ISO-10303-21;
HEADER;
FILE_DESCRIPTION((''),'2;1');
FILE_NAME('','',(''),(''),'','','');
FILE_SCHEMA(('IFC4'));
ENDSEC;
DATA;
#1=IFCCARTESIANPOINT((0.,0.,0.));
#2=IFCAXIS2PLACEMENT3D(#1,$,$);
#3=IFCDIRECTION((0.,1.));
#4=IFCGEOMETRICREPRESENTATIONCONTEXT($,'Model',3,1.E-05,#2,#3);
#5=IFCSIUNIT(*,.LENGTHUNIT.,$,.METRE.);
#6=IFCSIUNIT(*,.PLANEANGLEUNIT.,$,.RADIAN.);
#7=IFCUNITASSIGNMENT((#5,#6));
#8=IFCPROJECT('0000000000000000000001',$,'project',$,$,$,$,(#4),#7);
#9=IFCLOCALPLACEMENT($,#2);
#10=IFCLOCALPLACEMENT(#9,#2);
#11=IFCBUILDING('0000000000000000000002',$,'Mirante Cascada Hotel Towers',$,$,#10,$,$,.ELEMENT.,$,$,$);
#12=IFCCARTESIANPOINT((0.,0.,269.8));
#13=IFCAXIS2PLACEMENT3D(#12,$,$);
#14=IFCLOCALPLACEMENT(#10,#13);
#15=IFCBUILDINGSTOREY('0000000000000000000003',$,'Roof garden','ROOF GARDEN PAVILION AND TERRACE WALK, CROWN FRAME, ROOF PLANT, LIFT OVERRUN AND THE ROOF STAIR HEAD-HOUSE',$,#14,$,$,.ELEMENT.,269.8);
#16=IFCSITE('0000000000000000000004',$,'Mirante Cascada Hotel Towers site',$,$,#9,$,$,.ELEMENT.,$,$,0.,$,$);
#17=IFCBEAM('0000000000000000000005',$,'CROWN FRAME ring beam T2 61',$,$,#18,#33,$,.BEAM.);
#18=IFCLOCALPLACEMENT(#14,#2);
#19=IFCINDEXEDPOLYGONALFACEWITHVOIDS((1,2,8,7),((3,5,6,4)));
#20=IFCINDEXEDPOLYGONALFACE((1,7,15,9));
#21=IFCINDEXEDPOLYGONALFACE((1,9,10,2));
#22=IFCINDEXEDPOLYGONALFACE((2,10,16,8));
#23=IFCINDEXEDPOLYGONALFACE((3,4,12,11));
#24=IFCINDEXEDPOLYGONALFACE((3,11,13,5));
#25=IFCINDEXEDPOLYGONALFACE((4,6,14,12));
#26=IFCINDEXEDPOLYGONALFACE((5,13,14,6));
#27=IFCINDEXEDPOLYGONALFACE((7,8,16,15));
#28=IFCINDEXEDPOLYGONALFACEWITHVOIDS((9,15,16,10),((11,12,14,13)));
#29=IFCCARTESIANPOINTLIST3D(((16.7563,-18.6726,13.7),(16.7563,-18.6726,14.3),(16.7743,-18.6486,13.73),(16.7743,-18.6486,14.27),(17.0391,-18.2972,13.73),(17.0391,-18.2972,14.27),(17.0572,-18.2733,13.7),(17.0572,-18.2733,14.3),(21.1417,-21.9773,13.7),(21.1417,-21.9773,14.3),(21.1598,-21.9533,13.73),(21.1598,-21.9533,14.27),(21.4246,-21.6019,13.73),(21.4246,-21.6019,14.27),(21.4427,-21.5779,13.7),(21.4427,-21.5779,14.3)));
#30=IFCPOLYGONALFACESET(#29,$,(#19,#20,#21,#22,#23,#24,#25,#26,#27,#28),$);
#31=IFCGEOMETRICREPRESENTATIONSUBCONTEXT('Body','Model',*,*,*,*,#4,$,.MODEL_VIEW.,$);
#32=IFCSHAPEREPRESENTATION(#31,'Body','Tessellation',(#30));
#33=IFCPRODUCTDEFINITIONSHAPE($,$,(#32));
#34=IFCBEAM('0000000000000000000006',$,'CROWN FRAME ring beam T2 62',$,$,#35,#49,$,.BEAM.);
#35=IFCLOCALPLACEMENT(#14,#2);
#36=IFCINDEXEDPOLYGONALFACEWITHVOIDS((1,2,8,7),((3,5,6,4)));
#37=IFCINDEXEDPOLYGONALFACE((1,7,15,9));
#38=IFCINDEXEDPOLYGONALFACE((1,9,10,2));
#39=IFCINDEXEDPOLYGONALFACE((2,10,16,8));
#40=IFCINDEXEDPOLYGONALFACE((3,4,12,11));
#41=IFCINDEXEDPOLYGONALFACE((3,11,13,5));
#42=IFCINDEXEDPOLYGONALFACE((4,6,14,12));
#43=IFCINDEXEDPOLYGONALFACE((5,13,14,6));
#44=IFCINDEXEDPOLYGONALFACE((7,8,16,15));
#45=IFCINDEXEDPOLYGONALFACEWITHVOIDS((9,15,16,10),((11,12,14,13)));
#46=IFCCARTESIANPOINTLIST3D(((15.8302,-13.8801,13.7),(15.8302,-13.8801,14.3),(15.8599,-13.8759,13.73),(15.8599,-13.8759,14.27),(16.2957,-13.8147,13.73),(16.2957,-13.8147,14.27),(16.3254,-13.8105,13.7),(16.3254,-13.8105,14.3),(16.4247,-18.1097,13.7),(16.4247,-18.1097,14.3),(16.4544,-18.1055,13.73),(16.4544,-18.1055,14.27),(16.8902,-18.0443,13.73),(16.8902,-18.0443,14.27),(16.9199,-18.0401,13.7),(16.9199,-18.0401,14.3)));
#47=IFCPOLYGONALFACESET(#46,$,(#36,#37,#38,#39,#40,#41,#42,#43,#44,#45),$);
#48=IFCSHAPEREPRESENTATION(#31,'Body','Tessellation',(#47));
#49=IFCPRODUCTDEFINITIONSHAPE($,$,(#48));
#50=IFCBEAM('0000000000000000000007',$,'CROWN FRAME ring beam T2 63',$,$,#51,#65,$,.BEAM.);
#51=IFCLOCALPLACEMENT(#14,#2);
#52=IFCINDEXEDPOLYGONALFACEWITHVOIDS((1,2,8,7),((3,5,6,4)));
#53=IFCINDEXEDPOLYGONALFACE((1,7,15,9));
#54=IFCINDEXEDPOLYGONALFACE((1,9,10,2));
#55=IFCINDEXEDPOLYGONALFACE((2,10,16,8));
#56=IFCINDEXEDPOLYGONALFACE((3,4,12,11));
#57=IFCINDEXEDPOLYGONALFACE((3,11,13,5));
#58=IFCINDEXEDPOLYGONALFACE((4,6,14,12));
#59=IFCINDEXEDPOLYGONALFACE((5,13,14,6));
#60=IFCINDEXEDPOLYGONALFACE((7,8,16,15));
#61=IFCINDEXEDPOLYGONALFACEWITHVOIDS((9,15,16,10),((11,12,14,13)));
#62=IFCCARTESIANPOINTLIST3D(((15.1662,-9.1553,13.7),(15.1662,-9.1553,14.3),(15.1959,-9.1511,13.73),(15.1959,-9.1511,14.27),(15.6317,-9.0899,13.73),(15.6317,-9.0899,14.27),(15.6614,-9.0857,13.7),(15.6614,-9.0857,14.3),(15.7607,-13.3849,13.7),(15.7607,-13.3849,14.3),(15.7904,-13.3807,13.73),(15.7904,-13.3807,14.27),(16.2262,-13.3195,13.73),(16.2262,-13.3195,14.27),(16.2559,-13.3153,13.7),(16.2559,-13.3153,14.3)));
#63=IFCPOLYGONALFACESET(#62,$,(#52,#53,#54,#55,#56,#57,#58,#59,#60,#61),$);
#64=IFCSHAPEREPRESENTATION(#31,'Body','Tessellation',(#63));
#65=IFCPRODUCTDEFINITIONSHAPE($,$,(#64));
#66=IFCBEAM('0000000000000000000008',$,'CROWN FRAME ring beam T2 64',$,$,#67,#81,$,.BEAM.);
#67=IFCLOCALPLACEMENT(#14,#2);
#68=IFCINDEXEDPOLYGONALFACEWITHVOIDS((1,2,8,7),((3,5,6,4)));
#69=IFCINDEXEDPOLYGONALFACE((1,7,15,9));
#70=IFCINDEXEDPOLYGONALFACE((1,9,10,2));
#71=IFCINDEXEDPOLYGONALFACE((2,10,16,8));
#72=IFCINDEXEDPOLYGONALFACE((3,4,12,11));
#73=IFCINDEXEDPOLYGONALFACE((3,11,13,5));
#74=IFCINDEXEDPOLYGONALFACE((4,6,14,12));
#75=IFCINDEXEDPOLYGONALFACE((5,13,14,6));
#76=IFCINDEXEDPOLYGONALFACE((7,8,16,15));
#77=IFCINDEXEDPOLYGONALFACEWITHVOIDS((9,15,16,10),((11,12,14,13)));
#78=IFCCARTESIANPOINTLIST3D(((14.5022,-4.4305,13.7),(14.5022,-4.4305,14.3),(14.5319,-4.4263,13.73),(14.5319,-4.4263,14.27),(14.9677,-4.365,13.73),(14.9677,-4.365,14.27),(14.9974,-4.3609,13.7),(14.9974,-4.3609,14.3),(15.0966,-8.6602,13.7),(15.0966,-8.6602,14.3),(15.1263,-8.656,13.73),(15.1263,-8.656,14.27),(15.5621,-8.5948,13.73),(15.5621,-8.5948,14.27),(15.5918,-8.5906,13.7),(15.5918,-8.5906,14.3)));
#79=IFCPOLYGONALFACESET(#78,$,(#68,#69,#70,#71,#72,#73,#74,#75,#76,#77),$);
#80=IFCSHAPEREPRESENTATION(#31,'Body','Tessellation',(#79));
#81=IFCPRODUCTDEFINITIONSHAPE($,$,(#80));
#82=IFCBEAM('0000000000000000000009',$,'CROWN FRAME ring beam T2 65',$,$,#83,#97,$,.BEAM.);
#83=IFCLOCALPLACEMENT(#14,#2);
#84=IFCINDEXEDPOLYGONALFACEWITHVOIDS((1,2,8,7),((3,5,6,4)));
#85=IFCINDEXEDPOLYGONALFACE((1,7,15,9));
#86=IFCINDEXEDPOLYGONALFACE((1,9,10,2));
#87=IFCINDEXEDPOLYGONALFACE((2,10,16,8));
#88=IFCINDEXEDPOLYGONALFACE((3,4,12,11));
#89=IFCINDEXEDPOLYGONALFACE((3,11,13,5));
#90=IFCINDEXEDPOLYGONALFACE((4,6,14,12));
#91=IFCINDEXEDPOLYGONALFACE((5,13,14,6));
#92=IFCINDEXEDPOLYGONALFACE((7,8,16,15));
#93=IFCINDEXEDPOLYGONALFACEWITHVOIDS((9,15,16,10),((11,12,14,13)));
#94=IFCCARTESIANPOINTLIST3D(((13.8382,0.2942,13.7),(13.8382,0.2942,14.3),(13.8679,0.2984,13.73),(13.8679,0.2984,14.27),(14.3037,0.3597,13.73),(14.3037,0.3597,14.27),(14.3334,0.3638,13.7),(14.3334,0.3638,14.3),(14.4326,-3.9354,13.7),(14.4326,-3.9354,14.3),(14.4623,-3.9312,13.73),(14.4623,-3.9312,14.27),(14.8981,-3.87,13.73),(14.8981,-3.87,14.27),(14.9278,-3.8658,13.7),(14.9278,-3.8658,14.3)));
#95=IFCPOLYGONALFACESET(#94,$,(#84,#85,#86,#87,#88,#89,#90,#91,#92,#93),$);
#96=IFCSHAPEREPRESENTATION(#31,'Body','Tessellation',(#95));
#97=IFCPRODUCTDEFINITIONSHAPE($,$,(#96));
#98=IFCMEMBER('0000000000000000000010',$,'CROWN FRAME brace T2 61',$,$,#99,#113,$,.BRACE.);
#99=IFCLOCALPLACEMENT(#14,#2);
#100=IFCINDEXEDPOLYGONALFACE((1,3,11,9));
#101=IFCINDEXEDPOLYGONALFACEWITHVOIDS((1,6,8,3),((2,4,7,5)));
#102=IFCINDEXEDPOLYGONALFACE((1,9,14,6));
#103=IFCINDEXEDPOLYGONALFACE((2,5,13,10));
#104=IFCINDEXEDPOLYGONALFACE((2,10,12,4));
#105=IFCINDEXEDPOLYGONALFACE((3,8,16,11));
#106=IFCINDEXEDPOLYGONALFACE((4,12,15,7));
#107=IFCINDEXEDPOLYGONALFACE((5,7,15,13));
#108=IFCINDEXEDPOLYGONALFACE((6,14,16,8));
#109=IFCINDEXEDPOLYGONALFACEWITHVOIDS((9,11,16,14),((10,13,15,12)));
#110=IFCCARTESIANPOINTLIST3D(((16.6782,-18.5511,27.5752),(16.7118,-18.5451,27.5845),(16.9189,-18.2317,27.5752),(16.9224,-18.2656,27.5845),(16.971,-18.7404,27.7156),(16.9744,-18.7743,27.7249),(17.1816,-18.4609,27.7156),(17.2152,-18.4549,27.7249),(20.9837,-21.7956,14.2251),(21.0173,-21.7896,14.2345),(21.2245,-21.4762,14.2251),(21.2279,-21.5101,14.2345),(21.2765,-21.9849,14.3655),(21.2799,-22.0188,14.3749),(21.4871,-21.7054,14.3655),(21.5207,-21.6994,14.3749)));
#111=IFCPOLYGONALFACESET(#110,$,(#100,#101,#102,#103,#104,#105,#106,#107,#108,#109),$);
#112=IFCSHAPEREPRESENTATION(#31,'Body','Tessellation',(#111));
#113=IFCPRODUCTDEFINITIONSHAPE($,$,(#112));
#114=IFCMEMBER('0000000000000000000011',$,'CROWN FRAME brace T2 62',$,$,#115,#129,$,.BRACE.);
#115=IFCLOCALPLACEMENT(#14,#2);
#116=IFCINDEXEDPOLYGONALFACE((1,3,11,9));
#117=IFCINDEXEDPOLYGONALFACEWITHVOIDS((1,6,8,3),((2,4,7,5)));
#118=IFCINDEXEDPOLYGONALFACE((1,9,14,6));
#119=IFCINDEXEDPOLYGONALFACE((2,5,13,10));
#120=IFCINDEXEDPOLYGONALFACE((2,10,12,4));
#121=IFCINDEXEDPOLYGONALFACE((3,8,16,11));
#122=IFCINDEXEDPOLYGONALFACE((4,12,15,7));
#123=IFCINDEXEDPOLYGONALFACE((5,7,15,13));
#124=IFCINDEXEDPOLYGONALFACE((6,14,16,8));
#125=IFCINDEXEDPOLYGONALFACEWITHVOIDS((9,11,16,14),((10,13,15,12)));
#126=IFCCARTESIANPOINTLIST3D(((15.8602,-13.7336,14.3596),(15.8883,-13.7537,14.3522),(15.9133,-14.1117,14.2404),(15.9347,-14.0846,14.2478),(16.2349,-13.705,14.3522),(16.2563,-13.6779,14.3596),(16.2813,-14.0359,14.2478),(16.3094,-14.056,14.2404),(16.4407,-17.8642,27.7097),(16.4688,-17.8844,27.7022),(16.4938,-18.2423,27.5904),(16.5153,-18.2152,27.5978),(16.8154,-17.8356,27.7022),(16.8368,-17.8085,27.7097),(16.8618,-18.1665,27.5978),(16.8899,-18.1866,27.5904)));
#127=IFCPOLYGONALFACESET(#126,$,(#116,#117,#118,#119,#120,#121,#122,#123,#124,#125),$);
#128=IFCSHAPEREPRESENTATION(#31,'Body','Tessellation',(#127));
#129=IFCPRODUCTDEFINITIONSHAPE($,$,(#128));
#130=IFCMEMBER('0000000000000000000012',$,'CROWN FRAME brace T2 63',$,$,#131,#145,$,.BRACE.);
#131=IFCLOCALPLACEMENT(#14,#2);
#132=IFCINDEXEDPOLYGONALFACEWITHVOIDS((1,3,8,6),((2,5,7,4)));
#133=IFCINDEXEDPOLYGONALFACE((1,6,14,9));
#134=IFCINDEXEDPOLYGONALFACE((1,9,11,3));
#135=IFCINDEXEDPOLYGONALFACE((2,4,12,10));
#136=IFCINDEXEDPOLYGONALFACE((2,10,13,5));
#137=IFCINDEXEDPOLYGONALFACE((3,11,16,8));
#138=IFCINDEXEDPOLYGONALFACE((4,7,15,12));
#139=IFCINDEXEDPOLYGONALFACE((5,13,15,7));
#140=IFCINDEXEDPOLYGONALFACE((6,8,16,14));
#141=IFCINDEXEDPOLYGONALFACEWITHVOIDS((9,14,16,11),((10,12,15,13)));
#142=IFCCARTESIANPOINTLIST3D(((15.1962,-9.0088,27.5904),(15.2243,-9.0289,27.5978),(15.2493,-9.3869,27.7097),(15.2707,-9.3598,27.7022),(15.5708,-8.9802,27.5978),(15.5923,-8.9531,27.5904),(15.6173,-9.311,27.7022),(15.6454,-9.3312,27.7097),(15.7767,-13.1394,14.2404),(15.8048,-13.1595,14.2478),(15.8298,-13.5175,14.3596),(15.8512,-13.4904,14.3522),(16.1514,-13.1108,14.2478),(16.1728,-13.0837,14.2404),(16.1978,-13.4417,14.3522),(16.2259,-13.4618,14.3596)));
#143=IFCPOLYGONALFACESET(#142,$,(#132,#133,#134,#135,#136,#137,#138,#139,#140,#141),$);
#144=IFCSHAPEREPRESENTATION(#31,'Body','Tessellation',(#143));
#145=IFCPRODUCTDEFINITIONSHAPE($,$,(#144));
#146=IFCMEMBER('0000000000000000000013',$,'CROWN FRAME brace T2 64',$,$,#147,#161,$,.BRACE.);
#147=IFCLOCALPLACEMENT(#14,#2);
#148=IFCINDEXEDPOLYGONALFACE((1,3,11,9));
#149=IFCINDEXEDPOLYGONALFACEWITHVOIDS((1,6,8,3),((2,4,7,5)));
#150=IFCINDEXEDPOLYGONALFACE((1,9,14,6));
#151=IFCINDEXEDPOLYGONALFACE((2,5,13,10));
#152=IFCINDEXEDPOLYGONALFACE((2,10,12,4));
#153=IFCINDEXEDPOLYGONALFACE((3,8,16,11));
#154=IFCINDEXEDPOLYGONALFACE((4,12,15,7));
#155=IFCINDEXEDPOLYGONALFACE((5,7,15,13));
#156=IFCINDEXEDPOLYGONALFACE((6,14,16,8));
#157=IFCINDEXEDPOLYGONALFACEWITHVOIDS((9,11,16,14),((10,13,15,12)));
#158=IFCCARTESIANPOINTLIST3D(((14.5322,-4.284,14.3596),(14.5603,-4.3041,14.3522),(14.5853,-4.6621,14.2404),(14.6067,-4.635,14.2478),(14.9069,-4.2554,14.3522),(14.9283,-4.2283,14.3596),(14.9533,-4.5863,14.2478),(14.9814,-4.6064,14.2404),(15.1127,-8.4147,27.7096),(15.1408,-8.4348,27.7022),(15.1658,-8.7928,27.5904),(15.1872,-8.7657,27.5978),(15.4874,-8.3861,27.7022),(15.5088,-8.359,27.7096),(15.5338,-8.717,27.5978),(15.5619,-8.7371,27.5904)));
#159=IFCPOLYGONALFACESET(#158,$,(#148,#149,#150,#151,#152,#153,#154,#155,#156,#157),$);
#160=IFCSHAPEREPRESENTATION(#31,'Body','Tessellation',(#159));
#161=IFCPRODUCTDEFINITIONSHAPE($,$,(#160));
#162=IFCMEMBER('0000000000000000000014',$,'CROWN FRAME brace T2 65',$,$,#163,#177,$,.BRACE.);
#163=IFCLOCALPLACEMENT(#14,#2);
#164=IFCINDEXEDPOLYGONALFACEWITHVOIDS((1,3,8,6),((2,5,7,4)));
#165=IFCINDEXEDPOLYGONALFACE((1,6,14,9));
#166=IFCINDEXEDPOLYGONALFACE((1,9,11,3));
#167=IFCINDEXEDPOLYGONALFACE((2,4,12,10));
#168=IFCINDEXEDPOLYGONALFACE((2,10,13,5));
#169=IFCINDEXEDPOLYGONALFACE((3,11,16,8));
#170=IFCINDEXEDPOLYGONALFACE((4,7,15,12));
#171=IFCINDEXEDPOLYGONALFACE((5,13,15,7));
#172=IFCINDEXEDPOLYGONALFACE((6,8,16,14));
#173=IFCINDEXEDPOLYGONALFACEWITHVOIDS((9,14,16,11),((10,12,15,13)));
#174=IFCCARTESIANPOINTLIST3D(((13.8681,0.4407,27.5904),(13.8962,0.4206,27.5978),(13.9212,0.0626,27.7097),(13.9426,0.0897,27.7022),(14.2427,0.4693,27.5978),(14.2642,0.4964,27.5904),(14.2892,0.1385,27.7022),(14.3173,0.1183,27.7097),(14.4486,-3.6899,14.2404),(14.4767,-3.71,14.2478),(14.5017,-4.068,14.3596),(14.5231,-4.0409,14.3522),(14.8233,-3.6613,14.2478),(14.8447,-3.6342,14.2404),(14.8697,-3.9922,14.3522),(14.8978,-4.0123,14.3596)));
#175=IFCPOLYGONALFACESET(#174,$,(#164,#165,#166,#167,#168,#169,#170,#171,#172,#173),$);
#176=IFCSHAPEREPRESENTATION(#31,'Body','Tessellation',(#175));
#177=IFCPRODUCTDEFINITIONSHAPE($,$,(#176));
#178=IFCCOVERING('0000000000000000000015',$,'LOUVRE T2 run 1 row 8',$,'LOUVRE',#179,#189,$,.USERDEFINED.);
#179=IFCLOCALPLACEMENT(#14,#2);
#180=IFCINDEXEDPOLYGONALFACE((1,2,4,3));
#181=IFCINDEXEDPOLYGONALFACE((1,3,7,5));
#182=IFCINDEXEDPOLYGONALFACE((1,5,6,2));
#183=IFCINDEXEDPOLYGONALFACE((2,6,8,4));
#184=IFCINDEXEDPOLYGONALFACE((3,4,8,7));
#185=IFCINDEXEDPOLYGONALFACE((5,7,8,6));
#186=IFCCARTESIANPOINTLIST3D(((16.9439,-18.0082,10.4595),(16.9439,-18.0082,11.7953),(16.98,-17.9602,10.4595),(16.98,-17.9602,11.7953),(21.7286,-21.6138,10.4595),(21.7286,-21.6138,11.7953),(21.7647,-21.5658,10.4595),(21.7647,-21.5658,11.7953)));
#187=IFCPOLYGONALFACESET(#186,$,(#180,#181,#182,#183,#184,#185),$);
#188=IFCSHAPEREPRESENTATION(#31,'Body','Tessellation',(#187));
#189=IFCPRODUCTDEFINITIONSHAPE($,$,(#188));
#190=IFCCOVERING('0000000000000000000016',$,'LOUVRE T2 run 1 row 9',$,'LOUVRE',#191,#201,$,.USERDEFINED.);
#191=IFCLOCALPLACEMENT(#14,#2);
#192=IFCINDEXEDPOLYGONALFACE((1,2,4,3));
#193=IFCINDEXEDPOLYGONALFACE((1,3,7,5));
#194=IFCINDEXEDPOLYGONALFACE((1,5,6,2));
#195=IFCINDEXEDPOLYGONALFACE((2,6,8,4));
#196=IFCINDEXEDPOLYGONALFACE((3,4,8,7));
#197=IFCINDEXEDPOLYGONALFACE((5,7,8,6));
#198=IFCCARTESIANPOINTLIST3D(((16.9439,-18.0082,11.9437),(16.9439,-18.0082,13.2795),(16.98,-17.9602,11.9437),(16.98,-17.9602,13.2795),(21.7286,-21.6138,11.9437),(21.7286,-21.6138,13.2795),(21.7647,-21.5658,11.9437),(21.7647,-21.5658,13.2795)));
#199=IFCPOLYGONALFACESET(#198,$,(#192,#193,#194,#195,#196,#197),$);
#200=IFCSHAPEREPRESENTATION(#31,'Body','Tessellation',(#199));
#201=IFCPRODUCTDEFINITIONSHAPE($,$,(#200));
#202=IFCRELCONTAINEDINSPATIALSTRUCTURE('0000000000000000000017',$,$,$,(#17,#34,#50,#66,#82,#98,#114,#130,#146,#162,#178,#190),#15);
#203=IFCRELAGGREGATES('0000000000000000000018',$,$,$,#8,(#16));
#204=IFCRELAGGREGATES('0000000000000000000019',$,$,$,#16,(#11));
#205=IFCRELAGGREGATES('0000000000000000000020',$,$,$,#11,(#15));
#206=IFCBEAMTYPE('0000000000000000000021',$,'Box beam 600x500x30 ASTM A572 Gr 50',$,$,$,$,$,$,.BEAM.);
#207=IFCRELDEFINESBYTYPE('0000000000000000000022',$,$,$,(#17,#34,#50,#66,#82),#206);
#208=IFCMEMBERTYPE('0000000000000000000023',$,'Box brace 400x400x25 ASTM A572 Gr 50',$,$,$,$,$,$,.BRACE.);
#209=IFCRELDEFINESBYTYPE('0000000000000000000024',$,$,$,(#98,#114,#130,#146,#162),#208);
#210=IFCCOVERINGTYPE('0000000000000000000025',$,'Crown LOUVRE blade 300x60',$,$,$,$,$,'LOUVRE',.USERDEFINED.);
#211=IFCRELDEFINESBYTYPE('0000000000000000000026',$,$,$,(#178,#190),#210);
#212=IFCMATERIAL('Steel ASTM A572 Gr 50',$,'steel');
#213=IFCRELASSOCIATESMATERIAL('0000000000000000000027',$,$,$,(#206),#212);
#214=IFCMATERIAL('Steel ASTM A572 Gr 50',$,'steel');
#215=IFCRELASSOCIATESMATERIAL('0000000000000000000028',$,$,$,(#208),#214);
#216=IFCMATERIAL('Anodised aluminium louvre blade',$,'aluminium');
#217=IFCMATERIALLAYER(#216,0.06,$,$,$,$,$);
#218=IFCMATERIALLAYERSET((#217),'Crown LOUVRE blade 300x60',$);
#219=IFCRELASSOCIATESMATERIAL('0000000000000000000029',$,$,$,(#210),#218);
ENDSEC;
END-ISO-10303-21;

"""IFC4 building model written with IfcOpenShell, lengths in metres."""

from ifc_helpers import new_model, si_unit, direction, frame, origin, origin_2d, place, context, subcontext, project, spatial, rectangle, hollow_rectangle, extrude, material, layer, layer_set, material_profile, profile_set, type_object, element, save


model = new_model("IFC4")

# Units and contexts
model_context = context("Model", 3, precision=1e-05, world=origin(), true_north=direction((0.0, 1.0)))
body_context = subcontext(model_context, "Body", "Model", "MODEL_VIEW")
ifc_project = project(units=[si_unit("LENGTHUNIT", "METRE"), si_unit("PLANEANGLEUNIT", "RADIAN")], contexts=[model_context])

# Site, building, storey
site_placement = place(None, origin())
site = spatial("IfcSite", under=ifc_project, at=site_placement, Name="Mirante Cascada Hotel Towers site", CompositionType="ELEMENT", RefElevation=0.0)
building_placement = place(site_placement, origin())
building = spatial("IfcBuilding", under=site, at=building_placement, Name="Mirante Cascada Hotel Towers", CompositionType="ELEMENT")
storey_placement = place(building_placement, frame((0.0, 0.0, 269.8)))
storey = spatial("IfcBuildingStorey", under=building, at=storey_placement, Name="Roof garden", Description="ROOF GARDEN PAVILION AND TERRACE WALK, CROWN FRAME, ROOF PLANT, LIFT OVERRUN AND THE ROOF STAIR HEAD-HOUSE", CompositionType="ELEMENT", Elevation=269.8)

# Beams
ifc_material_1 = material(Name="Steel ASTM A572 Gr 50", Category="steel")
ifc_material_profile_1 = material_profile(ifc_material_1, hollow_rectangle(XDim=0.5, YDim=0.6, WallThickness=0.03, at=origin_2d()), Name="Box beam 600x500x30 ASTM A572 Gr 50")
ifc_profile_set_1 = profile_set([ifc_material_profile_1], Name="Steel ASTM A572 Gr 50")
beam_type = type_object("IfcBeamType", Name="Box beam 600x500x30 ASTM A572 Gr 50", PredefinedType="BEAM", material=ifc_profile_set_1)
beam_1_placement = place(storey_placement, frame((21.2922, -21.7776, 14.0), z_axis=(-0.798636, 0.601814, 0.0), x_axis=(-0.601814, -0.798636, 0.0)))
element("IfcBeam", 1, at=beam_1_placement, inside=storey, type_object=beam_type, Name="CROWN FRAME ring beam T2 61", PredefinedType="BEAM", context=body_context, shape_type="SweptSolid", body=[
    extrude(hollow_rectangle(XDim=0.5, YDim=0.6, WallThickness=0.03, at=origin_2d()), origin(), (0.0, 0.0, 1.0), 5.4912),
])
for number, where, z_axis, x_axis, name in (
    (2, (16.6723, -18.0749, 14.0), (-0.139189, 0.990266, 0.0), (-0.990266, -0.139189, 0.0), "CROWN FRAME ring beam T2 62"),
    (3, (16.0083, -13.3501, 14.0), (-0.139189, 0.990266, 0.0), (-0.990266, -0.139189, 0.0), "CROWN FRAME ring beam T2 63"),
):
    element("IfcBeam", number, at=place(storey_placement, frame(where, z_axis=z_axis, x_axis=x_axis)), inside=storey, type_object=beam_type, Name=name, PredefinedType="BEAM", context=body_context, shape_type="SweptSolid", body=[
        extrude(hollow_rectangle(XDim=0.5, YDim=0.6, WallThickness=0.03, at=origin_2d()), origin(), (0.0, 0.0, 1.0), 4.2712),
    ])
beam_2_placement = place(storey_placement, frame((15.3442, -8.6254, 14.0), z_axis=(-0.139163, 0.99027, 0.0), x_axis=(-0.99027, -0.139163, 0.0)))
element("IfcBeam", 4, at=beam_2_placement, inside=storey, type_object=beam_type, Name="CROWN FRAME ring beam T2 64", PredefinedType="BEAM", context=body_context, shape_type="SweptSolid", body=[
    extrude(hollow_rectangle(XDim=0.5, YDim=0.6, WallThickness=0.03, at=origin_2d()), origin(), (0.0, 0.0, 1.0), 4.2713),
])
beam_3_placement = place(storey_placement, frame((14.6802, -3.9006, 14.0), z_axis=(-0.139166, 0.990269, 0.0), x_axis=(-0.990269, -0.139166, 0.0)))
element("IfcBeam", 5, at=beam_3_placement, inside=storey, type_object=beam_type, Name="CROWN FRAME ring beam T2 65", PredefinedType="BEAM", context=body_context, shape_type="SweptSolid", body=[
    extrude(hollow_rectangle(XDim=0.5, YDim=0.6, WallThickness=0.03, at=origin_2d()), origin(), (0.0, 0.0, 1.0), 4.2712),
])

# Members
ifc_material_2 = material(Name="Steel ASTM A572 Gr 50", Category="steel")
ifc_material_profile_2 = material_profile(ifc_material_2, hollow_rectangle(XDim=0.4, YDim=0.4, WallThickness=0.025, at=origin_2d()), Name="Box brace 400x400x25 ASTM A572 Gr 50")
ifc_profile_set_2 = profile_set([ifc_material_profile_2], Name="Steel ASTM A572 Gr 50")
member_type = type_object("IfcMemberType", Name="Box brace 400x400x25 ASTM A572 Gr 50", PredefinedType="BRACE", material=ifc_profile_set_2)
member_placement = place(storey_placement, frame((21.2522, -21.7475, 14.3), z_axis=(-0.299046, 0.225352, 0.927247), x_axis=(-0.601824, -0.798629, 0.0)))
element("IfcMember", 6, at=member_placement, inside=storey, type_object=member_type, Name="CROWN FRAME brace T2 61", PredefinedType="BRACE", context=body_context, shape_type="SweptSolid", body=[
    extrude(hollow_rectangle(XDim=0.4, YDim=0.4, WallThickness=0.025, at=origin_2d()), origin(), (0.0, 0.0, 1.0), 14.3975),
])
for number, where, z_axis, x_axis, name in (
    (7, (16.0848, -13.8948, 14.3), (0.041504, -0.295328, 0.954494), (0.990269, 0.139169, 0.0), "CROWN FRAME brace T2 62"),
    (8, (16.0013, -13.3006, 14.3), (-0.041504, 0.295328, 0.954494), (-0.990269, -0.139169, 0.0), "CROWN FRAME brace T2 63"),
    (9, (14.7568, -4.4452, 14.3), (0.041504, -0.295335, 0.954492), (0.990269, 0.139166, 0.0), "CROWN FRAME brace T2 64"),
    (10, (14.6732, -3.8511, 14.3), (-0.041504, 0.295328, 0.954494), (-0.990269, -0.139169, 0.0), "CROWN FRAME brace T2 65"),
):
    element("IfcMember", number, at=place(storey_placement, frame(where, z_axis=z_axis, x_axis=x_axis)), inside=storey, type_object=member_type, Name=name, PredefinedType="BRACE", context=body_context, shape_type="SweptSolid", body=[
        extrude(hollow_rectangle(XDim=0.4, YDim=0.4, WallThickness=0.025, at=origin_2d()), origin(), (0.0, 0.0, 1.0), 13.9865),
    ])

# Coverings
ifc_material_3 = material(Name="Anodised aluminium louvre blade", Category="aluminium")
ifc_layer_1 = layer(ifc_material_3, 0.06)
ifc_layer_set_1 = layer_set([ifc_layer_1], Name="Crown LOUVRE blade 300x60")
covering_type_1 = type_object("IfcCoveringType", Name="Crown LOUVRE blade 300x60", ElementType="LOUVRE", PredefinedType="USERDEFINED", material=ifc_layer_set_1)
for number, where, z_axis, x_axis, name in (
    (11, (19.3543, -19.787, 10.4595), (0.0, 0.0, 1.0), (-0.798636, 0.601815, 0.0), "LOUVRE T2 run 1 row 8"),
    (12, (19.3543, -19.787, 11.9437), (0.0, 0.0, 1.0), (-0.798636, 0.601815, 0.0), "LOUVRE T2 run 1 row 9"),
):
    element("IfcCovering", number, at=place(storey_placement, frame(where, z_axis=z_axis, x_axis=x_axis)), inside=storey, type_object=covering_type_1, Name=name, ObjectType="LOUVRE", PredefinedType="USERDEFINED", context=body_context, shape_type="SweptSolid", body=[
        extrude(rectangle(XDim=5.9912, YDim=0.06, at=origin_2d()), origin(), (0.0, 0.0, 1.0), 1.3358),
    ])

save(model, "model.ifc")
